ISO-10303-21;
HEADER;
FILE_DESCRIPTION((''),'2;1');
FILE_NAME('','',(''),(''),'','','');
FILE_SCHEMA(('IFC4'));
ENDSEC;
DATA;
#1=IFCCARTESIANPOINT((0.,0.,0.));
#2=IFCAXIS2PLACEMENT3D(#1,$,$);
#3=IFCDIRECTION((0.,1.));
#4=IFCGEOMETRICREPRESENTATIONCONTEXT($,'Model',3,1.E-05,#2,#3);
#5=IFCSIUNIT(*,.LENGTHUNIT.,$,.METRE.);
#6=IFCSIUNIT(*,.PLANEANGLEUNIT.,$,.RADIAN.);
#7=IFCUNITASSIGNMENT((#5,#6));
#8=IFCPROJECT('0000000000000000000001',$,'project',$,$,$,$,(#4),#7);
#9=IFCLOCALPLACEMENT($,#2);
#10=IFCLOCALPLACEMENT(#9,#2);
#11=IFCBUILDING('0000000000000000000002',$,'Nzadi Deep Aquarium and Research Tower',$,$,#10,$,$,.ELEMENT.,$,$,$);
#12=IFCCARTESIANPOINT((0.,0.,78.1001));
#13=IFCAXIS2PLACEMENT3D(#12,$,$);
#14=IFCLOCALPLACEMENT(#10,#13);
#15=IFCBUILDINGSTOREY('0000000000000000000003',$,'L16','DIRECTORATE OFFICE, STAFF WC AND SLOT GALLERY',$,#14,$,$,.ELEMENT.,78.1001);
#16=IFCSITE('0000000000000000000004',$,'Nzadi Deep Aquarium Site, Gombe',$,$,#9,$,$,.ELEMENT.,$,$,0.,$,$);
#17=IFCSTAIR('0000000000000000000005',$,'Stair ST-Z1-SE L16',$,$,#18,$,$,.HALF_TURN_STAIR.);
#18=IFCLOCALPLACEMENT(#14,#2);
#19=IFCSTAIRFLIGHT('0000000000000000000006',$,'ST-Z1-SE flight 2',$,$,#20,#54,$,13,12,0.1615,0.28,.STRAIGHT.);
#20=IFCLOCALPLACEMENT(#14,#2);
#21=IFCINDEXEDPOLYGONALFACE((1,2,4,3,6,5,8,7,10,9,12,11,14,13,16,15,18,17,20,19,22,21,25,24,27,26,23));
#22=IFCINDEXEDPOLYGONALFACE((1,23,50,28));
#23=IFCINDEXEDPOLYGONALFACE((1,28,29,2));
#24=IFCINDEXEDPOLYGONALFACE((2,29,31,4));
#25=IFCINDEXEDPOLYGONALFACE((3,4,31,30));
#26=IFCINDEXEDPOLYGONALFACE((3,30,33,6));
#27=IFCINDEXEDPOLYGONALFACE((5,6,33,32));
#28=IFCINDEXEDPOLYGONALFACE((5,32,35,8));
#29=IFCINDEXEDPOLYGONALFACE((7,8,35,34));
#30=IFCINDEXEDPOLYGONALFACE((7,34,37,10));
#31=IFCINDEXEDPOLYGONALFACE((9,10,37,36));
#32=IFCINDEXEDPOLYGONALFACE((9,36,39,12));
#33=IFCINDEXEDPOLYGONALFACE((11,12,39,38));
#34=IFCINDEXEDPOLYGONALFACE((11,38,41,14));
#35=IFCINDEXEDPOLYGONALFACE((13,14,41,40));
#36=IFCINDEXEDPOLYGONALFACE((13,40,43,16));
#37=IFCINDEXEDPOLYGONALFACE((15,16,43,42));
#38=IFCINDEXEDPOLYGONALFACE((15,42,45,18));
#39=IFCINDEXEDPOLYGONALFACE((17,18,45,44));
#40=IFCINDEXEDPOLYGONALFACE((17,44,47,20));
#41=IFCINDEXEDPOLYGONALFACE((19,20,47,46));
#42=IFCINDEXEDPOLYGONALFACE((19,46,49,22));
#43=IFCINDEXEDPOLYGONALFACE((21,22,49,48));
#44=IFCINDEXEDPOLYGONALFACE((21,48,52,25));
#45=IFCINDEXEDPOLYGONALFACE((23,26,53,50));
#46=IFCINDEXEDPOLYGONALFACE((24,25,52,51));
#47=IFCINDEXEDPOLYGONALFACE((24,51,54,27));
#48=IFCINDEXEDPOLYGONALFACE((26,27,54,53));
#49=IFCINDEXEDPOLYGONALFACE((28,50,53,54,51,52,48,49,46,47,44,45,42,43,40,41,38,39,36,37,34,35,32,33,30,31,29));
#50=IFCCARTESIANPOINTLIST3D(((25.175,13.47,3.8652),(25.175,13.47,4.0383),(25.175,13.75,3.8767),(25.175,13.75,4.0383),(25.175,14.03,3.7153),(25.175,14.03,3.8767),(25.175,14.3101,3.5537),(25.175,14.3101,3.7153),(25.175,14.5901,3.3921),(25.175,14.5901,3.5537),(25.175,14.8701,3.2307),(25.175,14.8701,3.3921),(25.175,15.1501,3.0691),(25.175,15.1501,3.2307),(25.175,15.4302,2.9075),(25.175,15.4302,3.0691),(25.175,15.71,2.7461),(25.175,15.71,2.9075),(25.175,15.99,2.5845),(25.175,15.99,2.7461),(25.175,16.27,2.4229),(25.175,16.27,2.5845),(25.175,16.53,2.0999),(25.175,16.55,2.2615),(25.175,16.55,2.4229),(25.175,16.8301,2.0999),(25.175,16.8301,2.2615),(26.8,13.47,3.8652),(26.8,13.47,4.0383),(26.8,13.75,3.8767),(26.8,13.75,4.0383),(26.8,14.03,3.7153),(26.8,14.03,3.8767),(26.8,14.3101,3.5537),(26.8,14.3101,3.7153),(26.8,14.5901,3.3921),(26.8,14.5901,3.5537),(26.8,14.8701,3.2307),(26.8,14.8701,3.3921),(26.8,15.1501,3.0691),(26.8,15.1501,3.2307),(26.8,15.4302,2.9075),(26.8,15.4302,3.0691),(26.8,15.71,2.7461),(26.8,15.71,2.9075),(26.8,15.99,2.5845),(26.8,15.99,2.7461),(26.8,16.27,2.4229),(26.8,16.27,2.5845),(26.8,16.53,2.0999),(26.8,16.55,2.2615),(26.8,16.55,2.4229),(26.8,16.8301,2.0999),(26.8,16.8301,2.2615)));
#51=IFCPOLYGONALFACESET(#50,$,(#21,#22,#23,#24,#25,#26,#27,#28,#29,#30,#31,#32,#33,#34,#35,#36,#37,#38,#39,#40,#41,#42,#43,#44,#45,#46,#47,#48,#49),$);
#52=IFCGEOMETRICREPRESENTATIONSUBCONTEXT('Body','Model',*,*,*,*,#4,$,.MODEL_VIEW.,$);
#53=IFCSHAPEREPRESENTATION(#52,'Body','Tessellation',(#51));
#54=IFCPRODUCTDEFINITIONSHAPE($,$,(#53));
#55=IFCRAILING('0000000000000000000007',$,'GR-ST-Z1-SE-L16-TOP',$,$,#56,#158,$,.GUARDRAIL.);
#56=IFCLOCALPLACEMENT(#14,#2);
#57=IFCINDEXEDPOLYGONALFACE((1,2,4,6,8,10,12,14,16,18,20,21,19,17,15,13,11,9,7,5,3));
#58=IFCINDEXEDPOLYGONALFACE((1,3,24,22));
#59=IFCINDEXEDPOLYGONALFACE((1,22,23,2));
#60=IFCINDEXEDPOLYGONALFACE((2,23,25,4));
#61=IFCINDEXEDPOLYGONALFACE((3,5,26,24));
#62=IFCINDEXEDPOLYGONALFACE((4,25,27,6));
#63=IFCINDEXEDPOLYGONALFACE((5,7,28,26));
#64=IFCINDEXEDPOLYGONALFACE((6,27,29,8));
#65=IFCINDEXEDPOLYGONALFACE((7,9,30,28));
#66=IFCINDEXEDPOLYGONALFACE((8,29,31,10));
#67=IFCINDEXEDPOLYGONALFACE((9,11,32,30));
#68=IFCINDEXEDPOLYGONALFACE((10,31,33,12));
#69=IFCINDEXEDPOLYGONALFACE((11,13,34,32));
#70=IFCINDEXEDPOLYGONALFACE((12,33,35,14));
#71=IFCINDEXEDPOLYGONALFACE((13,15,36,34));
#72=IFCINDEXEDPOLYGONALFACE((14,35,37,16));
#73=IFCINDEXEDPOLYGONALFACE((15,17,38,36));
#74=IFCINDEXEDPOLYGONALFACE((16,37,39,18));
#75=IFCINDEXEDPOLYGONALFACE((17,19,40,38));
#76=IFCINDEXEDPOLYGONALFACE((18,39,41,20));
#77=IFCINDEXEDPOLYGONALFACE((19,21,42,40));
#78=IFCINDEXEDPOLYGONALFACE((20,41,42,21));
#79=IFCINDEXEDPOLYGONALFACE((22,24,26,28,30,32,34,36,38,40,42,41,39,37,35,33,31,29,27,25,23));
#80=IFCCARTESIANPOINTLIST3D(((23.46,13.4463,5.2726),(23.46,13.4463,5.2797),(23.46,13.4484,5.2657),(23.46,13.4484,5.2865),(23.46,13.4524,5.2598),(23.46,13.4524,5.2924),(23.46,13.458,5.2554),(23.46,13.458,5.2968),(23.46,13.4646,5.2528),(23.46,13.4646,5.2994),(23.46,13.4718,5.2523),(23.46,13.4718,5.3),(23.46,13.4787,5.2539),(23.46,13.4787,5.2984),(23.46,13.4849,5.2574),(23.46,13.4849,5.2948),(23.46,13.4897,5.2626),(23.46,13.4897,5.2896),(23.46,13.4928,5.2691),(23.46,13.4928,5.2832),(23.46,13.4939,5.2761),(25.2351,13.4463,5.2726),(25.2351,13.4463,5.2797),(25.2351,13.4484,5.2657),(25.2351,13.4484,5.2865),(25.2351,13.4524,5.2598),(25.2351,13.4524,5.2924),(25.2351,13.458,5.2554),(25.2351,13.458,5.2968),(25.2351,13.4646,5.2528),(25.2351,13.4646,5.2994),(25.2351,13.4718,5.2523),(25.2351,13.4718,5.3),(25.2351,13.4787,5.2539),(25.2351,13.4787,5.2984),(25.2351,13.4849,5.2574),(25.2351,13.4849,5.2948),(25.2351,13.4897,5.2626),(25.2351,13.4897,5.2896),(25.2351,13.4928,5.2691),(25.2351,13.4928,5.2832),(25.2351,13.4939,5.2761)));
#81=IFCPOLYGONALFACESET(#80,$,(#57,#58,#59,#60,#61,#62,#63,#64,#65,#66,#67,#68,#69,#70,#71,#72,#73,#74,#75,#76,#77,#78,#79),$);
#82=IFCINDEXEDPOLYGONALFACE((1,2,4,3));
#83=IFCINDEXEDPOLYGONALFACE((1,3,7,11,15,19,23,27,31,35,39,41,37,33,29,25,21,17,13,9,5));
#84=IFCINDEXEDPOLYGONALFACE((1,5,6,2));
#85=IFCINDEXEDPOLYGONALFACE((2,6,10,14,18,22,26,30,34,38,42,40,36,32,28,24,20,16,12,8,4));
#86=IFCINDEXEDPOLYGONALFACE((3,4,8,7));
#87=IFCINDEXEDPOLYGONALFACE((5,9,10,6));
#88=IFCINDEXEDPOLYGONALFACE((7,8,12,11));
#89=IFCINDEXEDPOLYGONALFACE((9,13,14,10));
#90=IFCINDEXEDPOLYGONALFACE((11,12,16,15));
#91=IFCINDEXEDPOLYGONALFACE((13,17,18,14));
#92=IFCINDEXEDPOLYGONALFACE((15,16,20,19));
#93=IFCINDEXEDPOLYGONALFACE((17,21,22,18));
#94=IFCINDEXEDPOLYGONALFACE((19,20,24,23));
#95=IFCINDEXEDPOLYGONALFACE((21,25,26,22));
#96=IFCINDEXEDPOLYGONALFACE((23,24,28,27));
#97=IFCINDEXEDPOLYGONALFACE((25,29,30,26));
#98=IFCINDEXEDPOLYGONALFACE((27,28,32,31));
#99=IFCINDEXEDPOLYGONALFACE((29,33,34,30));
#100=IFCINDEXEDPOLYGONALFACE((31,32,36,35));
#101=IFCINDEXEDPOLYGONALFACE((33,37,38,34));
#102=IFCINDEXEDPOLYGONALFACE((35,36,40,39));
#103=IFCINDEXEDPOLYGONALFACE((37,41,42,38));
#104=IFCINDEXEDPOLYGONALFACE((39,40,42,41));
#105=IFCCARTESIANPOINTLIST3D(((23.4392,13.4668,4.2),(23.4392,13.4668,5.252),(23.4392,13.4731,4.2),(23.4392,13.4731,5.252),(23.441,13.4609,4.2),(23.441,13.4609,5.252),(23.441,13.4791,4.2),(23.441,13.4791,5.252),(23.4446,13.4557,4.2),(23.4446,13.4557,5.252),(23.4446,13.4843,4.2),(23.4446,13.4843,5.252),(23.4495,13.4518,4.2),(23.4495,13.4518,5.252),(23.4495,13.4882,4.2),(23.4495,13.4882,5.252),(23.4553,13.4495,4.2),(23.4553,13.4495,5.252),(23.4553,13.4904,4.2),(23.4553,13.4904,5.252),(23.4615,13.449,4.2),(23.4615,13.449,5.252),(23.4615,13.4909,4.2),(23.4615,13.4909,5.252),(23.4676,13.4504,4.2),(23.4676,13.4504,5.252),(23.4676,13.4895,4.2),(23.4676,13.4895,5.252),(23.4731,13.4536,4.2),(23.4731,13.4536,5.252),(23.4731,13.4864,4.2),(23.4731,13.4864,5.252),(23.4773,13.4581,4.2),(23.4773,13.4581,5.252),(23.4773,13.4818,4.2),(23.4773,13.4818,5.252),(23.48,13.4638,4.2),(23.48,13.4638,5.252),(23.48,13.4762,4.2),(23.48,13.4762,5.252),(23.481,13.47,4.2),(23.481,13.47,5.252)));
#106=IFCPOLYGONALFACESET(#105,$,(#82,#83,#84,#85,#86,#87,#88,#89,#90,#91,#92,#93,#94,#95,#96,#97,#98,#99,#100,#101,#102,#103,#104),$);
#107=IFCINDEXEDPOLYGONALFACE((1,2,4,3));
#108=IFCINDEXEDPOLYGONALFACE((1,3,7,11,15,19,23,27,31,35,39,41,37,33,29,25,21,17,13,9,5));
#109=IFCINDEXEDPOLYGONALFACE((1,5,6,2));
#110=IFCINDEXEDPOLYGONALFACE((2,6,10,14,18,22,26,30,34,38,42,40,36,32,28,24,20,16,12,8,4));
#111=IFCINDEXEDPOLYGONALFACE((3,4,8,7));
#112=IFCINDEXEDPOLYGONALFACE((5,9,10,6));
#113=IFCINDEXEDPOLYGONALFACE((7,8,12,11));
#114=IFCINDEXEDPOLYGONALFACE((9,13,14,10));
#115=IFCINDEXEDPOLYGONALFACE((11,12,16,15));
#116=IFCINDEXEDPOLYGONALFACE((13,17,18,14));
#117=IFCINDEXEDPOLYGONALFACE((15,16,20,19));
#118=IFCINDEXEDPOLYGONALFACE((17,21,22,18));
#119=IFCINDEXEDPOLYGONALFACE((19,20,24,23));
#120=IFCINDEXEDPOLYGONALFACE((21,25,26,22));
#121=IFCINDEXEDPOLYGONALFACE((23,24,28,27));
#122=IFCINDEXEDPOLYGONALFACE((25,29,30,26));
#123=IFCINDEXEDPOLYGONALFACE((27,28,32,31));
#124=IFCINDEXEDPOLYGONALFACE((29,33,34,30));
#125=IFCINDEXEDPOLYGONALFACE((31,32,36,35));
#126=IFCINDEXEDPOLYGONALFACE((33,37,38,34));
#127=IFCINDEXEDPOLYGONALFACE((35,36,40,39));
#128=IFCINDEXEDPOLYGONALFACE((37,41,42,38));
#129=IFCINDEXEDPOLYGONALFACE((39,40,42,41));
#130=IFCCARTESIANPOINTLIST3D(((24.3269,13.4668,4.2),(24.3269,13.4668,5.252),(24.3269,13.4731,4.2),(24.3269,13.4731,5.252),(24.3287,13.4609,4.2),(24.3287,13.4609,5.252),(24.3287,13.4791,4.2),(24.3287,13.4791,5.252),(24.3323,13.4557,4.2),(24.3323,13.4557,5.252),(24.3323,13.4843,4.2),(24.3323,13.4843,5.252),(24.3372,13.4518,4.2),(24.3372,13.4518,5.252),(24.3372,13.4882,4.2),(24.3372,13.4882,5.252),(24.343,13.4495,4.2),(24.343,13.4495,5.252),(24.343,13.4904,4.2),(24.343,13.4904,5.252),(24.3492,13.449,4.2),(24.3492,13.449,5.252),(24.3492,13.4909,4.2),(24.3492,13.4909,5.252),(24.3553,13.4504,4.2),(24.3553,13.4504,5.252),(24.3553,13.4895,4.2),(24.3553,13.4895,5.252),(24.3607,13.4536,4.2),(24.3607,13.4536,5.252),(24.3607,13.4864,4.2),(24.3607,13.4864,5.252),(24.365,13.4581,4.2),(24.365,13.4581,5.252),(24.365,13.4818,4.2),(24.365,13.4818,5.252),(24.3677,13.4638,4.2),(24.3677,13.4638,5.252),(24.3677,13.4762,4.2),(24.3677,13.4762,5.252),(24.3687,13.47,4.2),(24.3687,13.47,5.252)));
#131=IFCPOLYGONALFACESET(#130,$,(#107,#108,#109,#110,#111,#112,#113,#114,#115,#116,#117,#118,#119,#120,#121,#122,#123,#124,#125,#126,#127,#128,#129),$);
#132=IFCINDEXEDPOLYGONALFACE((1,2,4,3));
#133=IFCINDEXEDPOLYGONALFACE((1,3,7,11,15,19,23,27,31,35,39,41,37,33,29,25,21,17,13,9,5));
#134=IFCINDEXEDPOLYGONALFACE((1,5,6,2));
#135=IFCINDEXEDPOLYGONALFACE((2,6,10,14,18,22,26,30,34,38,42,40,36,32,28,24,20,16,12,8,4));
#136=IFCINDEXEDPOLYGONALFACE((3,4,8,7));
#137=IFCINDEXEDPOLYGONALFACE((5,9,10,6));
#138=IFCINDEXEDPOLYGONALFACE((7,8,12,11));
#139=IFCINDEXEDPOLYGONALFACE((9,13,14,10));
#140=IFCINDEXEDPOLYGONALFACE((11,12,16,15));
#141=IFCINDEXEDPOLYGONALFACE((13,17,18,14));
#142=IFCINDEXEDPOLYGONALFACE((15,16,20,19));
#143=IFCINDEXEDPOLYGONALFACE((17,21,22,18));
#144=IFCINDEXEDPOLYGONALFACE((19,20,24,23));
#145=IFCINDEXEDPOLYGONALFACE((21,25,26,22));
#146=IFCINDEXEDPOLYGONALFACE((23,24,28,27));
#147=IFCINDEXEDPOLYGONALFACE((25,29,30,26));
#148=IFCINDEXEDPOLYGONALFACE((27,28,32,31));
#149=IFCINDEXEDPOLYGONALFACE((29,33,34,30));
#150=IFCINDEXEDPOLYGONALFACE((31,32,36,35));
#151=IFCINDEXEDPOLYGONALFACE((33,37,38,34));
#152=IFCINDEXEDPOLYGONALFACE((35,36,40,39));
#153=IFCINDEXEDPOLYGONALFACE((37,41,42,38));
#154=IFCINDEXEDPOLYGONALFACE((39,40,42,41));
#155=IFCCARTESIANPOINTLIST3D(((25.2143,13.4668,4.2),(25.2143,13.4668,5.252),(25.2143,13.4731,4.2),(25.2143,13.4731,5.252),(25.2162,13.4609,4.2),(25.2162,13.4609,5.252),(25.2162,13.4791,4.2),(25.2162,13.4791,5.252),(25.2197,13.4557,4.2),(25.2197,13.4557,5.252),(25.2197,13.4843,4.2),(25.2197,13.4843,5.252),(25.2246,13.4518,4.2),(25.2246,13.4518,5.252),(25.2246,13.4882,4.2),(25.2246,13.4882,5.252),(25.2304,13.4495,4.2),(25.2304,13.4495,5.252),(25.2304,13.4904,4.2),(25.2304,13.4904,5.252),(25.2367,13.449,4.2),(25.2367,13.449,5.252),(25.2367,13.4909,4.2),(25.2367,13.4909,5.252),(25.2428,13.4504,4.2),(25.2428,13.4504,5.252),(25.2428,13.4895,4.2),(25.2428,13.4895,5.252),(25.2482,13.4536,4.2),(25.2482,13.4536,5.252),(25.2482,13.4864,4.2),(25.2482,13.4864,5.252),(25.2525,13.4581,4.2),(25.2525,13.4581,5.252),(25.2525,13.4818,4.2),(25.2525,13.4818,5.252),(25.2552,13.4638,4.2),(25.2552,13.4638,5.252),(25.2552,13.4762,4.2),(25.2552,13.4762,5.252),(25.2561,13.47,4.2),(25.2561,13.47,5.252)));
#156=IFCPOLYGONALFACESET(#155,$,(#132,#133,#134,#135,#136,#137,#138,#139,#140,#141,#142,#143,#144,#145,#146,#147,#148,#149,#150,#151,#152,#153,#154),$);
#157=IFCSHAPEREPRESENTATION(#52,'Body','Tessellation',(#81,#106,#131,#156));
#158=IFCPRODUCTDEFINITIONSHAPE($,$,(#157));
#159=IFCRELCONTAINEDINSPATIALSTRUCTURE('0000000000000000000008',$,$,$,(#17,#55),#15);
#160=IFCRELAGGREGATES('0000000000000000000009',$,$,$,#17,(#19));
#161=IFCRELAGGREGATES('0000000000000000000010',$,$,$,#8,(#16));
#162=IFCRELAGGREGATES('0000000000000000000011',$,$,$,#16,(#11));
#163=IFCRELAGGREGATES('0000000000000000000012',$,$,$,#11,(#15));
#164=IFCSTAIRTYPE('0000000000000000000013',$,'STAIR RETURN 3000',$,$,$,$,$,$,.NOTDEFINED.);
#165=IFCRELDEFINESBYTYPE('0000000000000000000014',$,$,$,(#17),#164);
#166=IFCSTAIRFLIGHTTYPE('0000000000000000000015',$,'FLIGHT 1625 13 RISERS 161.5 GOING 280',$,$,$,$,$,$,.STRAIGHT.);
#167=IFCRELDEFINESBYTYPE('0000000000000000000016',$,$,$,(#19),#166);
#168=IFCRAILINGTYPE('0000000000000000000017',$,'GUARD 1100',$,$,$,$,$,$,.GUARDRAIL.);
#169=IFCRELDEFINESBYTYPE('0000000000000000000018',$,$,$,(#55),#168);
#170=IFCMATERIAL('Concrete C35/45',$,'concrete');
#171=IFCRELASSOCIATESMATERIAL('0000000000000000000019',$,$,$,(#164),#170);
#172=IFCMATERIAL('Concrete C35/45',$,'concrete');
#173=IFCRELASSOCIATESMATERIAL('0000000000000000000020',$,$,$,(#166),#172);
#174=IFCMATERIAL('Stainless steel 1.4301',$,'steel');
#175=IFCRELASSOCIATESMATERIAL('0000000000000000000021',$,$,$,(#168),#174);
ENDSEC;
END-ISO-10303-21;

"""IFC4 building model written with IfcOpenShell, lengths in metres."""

from ifc_helpers import new_model, si_unit, direction, frame, origin, origin_2d, place, context, subcontext, project, spatial, polyline, circle, outline, extrude, material, type_object, element, aggregate, save


model = new_model("IFC4")

# Units and contexts
model_context = context("Model", 3, precision=1e-05, world=origin(), true_north=direction((0.0, 1.0)))
body_context = subcontext(model_context, "Body", "Model", "MODEL_VIEW")
ifc_project = project(units=[si_unit("LENGTHUNIT", "METRE"), si_unit("PLANEANGLEUNIT", "RADIAN")], contexts=[model_context])

# Site, building, storey
site_placement = place(None, origin())
site = spatial("IfcSite", under=ifc_project, at=site_placement, Name="Nzadi Deep Aquarium Site, Gombe", CompositionType="ELEMENT", RefElevation=0.0)
building_placement = place(site_placement, origin())
building = spatial("IfcBuilding", under=site, at=building_placement, Name="Nzadi Deep Aquarium and Research Tower", CompositionType="ELEMENT")
storey_placement = place(building_placement, frame((0.0, 0.0, 78.1001)))
storey = spatial("IfcBuildingStorey", under=building, at=storey_placement, Name="L16", Description="DIRECTORATE OFFICE, STAFF WC AND SLOT GALLERY", CompositionType="ELEMENT", Elevation=78.1001)

# Stair, stair flight
ifc_material_1 = material(Name="Concrete C35/45", Category="concrete")
stair_type = type_object("IfcStairType", Name="STAIR RETURN 3000", PredefinedType="NOTDEFINED", material=ifc_material_1)
stair_placement = place(storey_placement, origin())
stair = element("IfcStair", 1, at=stair_placement, inside=storey, type_object=stair_type, Name="Stair ST-Z1-SE L16", PredefinedType="HALF_TURN_STAIR")
ifc_material_2 = material(Name="Concrete C35/45", Category="concrete")
stair_flight_type = type_object("IfcStairFlightType", Name="FLIGHT 1625 13 RISERS 161.5 GOING 280", PredefinedType="STRAIGHT", material=ifc_material_2)
stair_flight_1_placement = place(storey_placement, frame((25.9875, 16.8301, 2.0999), z_axis=(0.0, 0.0, 1.0), x_axis=(0.0, -1.0, 0.0)))
stair_flight_1 = element("IfcStairFlight", 2, at=stair_flight_1_placement, type_object=stair_flight_type, Name="ST-Z1-SE flight 2", NumberOfRisers=13, NumberOfTreads=12, PredefinedType="STRAIGHT", RiserHeight=0.1615, TreadLength=0.28, context=body_context, shape_type="SweptSolid", body=[
    extrude(outline(polyline([(0.0, 0.0), (0.0, 0.1616), (0.28, 0.1616), (0.28, 0.323), (0.5601, 0.323), (0.5601, 0.4846), (0.8401, 0.4846), (0.8401, 0.6462), (1.1201, 0.6462), (1.1201, 0.8076), (1.3999, 0.8076), (1.3999, 0.9692), (1.6799, 0.9692), (1.6799, 1.1309), (1.96, 1.1309), (1.96, 1.2922), (2.24, 1.2922), (2.24, 1.4539), (2.52, 1.4539), (2.52, 1.6155), (2.8, 1.6155), (2.8, 1.7769), (3.0801, 1.7769), (3.0801, 1.9385), (3.3601, 1.9385), (3.3601, 2.1001), (3.3601, 1.7654), (0.3, 0.0), (0.0, 0.0)])), frame((0.0, 0.8125, 0.0), z_axis=(0.0, -1.0, 0.0), x_axis=(1.0, 0.0, 0.0)), (0.0, 0.0, 1.0), 1.625),
])
aggregate(stair, [stair_flight_1])

# Railing
ifc_material_3 = material(Name="Stainless steel 1.4301", Category="steel")
railing_type_1 = type_object("IfcRailingType", Name="GUARD 1100", PredefinedType="GUARDRAIL", material=ifc_material_3)
railing_1_placement = place(storey_placement, frame((23.46, 13.47, 4.2)))
element("IfcRailing", 3, at=railing_1_placement, inside=storey, type_object=railing_type_1, Name="GR-ST-Z1-SE-L16-TOP", PredefinedType="GUARDRAIL", context=body_context, shape_type="SweptSolid", body=[
    extrude(circle(Radius=0.0239, at=origin_2d()), frame((0.0, 0.0, 1.0762), z_axis=(1.0, 0.0, 0.0), x_axis=(0.0, 1.0, 0.0)), (0.0, 0.0, 1.0), 1.7751),
    extrude(circle(Radius=0.021, at=origin_2d()), origin(), (0.0, 0.0, 1.0), 1.052),
    extrude(circle(Radius=0.021, at=origin_2d()), frame((0.8877, 0.0, 0.0)), (0.0, 0.0, 1.0), 1.052),
    extrude(circle(Radius=0.021, at=origin_2d()), frame((1.7751, 0.0, 0.0)), (0.0, 0.0, 1.0), 1.052),
])

save(model, "model.ifc")
